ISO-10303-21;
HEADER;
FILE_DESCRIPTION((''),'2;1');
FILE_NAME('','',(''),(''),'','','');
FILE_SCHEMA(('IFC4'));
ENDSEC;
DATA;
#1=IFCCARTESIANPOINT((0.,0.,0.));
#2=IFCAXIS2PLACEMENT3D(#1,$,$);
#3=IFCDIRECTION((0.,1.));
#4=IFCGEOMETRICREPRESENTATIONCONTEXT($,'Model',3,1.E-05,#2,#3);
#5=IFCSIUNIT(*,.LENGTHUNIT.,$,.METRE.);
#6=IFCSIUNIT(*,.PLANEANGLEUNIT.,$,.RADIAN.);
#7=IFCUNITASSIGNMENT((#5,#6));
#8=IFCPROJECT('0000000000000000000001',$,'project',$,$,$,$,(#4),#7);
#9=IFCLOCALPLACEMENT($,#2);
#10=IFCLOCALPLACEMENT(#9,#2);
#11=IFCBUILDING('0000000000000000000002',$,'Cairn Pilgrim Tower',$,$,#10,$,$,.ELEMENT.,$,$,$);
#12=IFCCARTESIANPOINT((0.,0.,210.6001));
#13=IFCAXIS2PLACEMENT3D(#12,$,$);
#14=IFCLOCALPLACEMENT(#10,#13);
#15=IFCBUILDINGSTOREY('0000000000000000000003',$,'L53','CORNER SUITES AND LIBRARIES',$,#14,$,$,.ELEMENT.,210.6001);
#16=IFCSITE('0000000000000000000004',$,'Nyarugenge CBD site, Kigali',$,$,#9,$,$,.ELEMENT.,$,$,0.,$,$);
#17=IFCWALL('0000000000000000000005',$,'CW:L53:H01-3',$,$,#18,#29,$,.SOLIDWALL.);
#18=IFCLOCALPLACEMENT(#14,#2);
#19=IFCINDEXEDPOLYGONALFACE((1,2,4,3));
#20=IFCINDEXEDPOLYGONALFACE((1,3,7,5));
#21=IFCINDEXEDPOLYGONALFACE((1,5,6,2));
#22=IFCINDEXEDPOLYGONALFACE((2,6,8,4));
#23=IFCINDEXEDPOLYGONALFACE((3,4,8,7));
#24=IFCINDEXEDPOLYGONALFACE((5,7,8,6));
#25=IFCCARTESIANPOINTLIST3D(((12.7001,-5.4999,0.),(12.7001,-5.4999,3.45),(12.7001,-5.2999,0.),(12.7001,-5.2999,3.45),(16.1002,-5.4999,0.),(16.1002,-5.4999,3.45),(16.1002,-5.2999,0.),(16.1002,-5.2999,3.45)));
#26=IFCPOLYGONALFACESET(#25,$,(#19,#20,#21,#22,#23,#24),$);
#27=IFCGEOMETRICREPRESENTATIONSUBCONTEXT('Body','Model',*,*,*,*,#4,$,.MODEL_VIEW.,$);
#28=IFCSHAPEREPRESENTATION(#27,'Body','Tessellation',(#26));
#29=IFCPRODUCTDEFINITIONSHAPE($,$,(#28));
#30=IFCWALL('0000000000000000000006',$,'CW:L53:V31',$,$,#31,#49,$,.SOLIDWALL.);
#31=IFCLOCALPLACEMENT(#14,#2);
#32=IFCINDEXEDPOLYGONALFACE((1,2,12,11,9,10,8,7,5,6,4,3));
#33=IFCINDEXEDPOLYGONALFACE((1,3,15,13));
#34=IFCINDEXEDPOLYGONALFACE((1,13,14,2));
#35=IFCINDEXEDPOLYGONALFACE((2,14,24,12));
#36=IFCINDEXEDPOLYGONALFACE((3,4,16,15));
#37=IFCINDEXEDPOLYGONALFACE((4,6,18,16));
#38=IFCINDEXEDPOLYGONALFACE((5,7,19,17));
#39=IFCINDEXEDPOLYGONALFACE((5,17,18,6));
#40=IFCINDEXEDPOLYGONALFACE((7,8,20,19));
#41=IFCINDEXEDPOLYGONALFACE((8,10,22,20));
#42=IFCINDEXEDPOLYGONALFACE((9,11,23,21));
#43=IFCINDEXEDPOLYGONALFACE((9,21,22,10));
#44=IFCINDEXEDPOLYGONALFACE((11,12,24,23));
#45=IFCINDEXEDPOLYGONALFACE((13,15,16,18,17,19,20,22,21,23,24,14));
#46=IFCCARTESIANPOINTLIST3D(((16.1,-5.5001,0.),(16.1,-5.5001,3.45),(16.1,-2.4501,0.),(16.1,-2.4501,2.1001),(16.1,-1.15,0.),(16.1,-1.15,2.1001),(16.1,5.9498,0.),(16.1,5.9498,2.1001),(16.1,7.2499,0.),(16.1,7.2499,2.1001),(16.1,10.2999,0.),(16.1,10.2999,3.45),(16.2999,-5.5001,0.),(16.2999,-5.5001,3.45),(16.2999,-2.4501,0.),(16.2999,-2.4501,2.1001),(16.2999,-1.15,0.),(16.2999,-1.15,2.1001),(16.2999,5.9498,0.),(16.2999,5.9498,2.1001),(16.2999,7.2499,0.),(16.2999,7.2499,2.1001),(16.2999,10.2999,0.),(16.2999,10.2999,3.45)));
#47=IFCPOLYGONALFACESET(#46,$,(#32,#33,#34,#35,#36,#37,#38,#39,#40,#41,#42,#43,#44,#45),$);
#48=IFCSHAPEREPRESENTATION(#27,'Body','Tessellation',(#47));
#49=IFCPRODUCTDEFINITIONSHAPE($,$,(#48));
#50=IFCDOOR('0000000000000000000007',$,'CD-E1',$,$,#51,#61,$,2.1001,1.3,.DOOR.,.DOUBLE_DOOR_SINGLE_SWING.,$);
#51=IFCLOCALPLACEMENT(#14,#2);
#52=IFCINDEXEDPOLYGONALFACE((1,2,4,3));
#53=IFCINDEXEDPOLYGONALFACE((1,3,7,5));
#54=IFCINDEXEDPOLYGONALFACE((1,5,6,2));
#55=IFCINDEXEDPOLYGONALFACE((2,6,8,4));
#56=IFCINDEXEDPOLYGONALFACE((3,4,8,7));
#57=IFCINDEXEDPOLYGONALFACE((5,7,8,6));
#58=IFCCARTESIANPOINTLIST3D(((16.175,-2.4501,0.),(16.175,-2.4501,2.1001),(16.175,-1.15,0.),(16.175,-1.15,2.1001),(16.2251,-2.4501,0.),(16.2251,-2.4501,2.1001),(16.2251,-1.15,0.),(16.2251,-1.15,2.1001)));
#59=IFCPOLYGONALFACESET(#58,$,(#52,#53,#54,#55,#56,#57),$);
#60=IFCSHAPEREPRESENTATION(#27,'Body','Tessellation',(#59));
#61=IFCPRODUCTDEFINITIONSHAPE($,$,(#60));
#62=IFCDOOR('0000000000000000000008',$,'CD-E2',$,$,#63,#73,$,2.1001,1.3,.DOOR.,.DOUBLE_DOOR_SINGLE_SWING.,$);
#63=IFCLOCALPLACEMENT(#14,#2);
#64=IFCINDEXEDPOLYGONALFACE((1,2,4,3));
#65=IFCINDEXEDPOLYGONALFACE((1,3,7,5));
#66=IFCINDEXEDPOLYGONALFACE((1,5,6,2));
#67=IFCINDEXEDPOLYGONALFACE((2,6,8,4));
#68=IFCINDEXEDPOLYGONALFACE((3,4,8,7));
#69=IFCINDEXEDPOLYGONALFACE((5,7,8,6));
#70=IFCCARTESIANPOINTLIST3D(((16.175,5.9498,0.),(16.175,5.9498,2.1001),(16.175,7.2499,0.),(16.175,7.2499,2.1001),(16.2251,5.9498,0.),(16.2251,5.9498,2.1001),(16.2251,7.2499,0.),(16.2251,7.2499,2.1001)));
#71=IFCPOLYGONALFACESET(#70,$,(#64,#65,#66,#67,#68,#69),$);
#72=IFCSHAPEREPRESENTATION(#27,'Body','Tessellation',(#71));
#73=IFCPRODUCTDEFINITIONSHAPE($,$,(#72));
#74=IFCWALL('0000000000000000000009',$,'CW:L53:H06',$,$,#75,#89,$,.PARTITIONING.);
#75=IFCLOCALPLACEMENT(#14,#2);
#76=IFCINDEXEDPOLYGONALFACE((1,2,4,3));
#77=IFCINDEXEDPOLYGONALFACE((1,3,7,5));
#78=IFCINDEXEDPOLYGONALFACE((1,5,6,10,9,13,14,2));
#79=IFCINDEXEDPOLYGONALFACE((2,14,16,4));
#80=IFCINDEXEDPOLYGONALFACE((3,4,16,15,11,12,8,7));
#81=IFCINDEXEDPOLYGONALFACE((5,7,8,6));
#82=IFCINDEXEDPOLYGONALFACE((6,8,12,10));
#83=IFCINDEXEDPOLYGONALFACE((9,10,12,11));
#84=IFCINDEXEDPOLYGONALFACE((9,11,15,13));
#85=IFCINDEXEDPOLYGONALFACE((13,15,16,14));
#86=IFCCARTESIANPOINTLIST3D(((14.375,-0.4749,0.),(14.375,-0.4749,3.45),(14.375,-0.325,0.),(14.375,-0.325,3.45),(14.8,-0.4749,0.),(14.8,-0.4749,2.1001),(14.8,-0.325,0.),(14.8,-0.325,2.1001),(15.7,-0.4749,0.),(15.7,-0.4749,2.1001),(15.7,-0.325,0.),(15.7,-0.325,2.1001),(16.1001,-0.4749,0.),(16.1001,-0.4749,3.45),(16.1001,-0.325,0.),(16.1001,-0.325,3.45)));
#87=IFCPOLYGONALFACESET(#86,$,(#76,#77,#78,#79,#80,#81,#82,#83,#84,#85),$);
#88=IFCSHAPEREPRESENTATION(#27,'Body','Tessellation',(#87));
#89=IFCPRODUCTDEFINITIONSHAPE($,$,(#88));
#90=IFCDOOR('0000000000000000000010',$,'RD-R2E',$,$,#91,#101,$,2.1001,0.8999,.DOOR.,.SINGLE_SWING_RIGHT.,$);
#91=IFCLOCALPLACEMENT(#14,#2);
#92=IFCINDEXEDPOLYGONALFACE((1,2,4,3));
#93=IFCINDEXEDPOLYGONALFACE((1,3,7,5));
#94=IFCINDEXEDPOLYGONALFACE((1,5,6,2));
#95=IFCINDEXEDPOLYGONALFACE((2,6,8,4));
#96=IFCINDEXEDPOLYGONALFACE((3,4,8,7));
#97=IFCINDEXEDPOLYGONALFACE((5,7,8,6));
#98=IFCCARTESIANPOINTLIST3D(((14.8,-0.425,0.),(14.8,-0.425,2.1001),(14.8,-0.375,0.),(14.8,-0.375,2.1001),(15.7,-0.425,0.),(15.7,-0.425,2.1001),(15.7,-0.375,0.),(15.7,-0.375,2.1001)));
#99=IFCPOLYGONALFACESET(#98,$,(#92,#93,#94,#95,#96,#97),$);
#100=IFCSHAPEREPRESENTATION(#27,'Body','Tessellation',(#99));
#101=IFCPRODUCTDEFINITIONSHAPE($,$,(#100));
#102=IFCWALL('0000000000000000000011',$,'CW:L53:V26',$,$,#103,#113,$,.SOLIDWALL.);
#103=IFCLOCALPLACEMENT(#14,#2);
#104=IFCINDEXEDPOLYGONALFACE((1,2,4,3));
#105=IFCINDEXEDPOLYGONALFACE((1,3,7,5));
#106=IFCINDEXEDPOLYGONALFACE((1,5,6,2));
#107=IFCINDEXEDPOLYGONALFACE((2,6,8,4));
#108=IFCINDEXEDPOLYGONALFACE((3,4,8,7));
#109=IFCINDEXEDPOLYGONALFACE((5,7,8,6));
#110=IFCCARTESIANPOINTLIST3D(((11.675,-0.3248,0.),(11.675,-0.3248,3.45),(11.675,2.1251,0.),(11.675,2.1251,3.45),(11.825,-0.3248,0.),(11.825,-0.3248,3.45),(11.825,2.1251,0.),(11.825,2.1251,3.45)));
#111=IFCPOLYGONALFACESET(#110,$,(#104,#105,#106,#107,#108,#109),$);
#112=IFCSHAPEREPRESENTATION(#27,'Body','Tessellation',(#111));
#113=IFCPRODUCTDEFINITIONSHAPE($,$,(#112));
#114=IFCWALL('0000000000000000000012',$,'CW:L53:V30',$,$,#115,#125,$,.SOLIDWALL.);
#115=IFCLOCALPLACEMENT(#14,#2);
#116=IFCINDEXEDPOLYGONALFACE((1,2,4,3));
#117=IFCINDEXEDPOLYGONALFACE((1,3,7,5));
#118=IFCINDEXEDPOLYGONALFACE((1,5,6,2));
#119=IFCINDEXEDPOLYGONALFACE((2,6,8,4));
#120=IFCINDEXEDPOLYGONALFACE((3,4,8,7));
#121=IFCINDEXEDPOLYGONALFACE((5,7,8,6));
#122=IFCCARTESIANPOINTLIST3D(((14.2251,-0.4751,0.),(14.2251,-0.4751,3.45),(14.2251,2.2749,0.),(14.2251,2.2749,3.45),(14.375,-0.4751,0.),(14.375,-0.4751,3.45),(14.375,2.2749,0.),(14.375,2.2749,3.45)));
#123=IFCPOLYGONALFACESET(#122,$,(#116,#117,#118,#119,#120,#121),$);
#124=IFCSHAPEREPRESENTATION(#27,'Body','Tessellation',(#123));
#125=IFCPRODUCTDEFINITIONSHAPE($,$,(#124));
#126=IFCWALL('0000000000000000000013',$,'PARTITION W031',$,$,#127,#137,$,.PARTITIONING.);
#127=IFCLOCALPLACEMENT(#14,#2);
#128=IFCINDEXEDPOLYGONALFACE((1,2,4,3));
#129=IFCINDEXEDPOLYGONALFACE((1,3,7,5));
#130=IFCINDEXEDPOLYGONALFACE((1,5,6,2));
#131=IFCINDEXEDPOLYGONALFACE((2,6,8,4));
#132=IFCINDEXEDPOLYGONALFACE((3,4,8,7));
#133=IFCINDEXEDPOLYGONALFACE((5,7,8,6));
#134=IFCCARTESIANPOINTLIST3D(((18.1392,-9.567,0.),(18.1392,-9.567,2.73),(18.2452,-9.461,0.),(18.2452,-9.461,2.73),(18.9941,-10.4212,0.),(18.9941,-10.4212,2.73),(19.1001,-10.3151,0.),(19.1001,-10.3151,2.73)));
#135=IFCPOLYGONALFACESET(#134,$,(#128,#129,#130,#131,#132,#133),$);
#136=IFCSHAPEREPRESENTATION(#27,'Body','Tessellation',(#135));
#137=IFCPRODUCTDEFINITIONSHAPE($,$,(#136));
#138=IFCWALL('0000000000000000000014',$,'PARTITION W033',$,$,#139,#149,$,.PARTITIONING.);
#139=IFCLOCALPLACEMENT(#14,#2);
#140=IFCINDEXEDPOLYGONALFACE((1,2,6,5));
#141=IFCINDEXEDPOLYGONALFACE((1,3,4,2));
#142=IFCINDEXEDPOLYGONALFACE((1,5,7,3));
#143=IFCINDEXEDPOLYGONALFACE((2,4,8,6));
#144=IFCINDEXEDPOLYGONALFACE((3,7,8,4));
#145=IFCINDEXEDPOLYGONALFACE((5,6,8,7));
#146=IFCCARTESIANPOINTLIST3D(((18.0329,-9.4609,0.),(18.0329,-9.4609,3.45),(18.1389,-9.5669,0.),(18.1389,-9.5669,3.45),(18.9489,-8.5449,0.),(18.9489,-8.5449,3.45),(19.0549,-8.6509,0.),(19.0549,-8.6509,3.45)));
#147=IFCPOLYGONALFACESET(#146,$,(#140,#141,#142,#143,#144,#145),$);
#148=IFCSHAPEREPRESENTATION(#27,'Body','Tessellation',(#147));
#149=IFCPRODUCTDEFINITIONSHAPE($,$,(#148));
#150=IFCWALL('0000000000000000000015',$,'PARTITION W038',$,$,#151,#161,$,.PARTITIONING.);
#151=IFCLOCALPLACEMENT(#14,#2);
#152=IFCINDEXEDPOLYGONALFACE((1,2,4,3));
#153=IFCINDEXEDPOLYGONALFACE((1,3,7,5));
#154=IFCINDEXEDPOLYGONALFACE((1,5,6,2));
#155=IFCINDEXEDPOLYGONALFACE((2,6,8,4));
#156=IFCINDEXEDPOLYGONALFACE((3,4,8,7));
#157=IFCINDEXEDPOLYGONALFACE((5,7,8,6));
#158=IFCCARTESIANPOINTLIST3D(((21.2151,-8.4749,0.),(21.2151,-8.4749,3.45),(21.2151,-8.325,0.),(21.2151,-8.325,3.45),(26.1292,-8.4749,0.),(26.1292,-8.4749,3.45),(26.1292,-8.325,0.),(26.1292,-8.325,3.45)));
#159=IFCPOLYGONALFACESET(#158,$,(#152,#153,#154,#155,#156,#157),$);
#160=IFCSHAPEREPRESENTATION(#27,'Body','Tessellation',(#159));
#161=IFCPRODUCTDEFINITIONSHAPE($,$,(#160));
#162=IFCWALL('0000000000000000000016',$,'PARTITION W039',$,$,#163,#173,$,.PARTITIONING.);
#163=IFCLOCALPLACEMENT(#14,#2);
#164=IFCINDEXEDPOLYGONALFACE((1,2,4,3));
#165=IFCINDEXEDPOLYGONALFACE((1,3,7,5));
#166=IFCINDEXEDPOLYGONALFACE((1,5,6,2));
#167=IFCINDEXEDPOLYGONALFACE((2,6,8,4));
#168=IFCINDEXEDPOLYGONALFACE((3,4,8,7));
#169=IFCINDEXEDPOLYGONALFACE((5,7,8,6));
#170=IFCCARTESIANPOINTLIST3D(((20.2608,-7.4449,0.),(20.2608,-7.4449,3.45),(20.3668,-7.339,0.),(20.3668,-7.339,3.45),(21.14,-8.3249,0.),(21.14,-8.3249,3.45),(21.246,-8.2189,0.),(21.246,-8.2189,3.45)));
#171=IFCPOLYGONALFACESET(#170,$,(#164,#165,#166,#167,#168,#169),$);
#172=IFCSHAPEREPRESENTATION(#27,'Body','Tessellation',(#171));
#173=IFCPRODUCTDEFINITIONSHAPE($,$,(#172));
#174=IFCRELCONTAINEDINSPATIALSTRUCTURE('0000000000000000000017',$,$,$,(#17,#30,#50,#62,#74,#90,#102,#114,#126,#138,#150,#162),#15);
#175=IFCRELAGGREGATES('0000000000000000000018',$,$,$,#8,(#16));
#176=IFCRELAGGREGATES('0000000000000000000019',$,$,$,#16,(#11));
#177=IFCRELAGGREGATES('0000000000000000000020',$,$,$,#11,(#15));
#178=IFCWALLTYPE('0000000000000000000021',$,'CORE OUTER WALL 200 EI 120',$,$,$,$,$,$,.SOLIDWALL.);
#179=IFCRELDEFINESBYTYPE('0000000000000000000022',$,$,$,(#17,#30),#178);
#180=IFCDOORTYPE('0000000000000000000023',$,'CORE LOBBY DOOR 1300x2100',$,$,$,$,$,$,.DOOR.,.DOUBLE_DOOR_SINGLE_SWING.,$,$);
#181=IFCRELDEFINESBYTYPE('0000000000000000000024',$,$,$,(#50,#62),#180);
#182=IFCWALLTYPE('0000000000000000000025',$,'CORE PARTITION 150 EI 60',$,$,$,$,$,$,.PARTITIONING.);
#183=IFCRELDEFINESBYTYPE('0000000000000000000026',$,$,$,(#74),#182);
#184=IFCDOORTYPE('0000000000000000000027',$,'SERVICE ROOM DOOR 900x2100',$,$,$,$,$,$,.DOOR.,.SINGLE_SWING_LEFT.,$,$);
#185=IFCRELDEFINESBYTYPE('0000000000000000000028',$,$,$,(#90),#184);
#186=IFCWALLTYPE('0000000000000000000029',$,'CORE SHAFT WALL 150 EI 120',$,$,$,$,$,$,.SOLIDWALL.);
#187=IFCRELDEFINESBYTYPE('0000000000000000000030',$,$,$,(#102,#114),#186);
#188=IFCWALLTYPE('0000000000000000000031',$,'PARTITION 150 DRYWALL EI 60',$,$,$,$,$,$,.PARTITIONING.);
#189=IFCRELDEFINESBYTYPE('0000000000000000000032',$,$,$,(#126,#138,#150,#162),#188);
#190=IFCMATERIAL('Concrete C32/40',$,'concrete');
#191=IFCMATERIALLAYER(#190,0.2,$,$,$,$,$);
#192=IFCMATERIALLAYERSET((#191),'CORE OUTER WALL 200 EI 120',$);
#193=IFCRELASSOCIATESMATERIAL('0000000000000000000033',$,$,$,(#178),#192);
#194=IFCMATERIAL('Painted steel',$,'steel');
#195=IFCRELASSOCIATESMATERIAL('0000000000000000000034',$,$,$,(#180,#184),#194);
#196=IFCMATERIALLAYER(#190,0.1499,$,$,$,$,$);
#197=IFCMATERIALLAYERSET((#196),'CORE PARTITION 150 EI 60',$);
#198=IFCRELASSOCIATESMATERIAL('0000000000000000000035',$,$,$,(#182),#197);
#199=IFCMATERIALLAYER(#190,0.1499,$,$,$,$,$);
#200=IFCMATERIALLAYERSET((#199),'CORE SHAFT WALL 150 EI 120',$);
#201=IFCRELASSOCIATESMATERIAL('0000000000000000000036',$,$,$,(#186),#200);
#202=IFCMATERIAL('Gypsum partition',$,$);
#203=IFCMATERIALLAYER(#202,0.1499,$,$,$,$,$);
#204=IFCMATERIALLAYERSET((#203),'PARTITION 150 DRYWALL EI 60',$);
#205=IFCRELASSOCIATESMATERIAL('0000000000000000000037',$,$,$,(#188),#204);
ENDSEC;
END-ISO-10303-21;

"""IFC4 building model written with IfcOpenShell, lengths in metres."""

from ifc_helpers import new_model, si_unit, direction, frame, frame_2d, origin, place, context, subcontext, project, spatial, rectangle, extrude, material, layer, layer_set, type_object, element, fill, save


model = new_model("IFC4")

# Units and contexts
model_context = context("Model", 3, precision=1e-05, world=origin(), true_north=direction((0.0, 1.0)))
body_context = subcontext(model_context, "Body", "Model", "MODEL_VIEW")
ifc_project = project(units=[si_unit("LENGTHUNIT", "METRE"), si_unit("PLANEANGLEUNIT", "RADIAN")], contexts=[model_context])

# Site, building, storey
site_placement = place(None, origin())
site = spatial("IfcSite", under=ifc_project, at=site_placement, Name="Nyarugenge CBD site, Kigali", CompositionType="ELEMENT", RefElevation=0.0)
building_placement = place(site_placement, origin())
building = spatial("IfcBuilding", under=site, at=building_placement, Name="Cairn Pilgrim Tower", CompositionType="ELEMENT")
storey_placement = place(building_placement, frame((0.0, 0.0, 210.6001)))
storey = spatial("IfcBuildingStorey", under=building, at=storey_placement, Name="L53", Description="CORNER SUITES AND LIBRARIES", CompositionType="ELEMENT", Elevation=210.6001)

# Wall
ifc_material_1 = material(Name="Concrete C32/40", Category="concrete")
ifc_layer_1 = layer(ifc_material_1, 0.2)
ifc_layer_set_1 = layer_set([ifc_layer_1], Name="CORE OUTER WALL 200 EI 120")
wall_type_1 = type_object("IfcWallType", Name="CORE OUTER WALL 200 EI 120", PredefinedType="SOLIDWALL", material=ifc_layer_set_1)
wall_1_placement = place(storey_placement, frame((12.7, -5.3999, 0.0), z_axis=(0.0, 0.0, 1.0), x_axis=(1.0, 0.0, 0.0)))
element("IfcWall", 1, at=wall_1_placement, inside=storey, type_object=wall_type_1, Name="CW:L53:H01-3", PredefinedType="SOLIDWALL", context=body_context, shape_type="SweptSolid", body=[
    extrude(rectangle(XDim=3.4001, YDim=0.2, at=frame_2d((1.7002, 0.0))), origin(), (0.0, 0.0, 1.0), 3.45),
])

# Wall, openings, doors
wall_2_placement = place(storey_placement, frame((16.2, -5.5, 0.0), z_axis=(0.0, 0.0, 1.0), x_axis=(0.0, 1.0, 0.0)))
wall_2 = element("IfcWall", 2, at=wall_2_placement, inside=storey, type_object=wall_type_1, Name="CW:L53:V31", PredefinedType="SOLIDWALL", context=body_context, shape_type="SweptSolid", body=[
    extrude(rectangle(XDim=15.8, YDim=0.2, at=frame_2d((7.8999, 0.0))), origin(), (0.0, 0.0, 1.0), 3.45),
])
opening_1_placement = place(wall_2_placement, frame((3.05, 0.0, 0.0)))
opening_1 = element("IfcOpeningElement", 3, at=opening_1_placement, cuts=wall_2, PredefinedType="OPENING", context=body_context, shape_type="SweptSolid", body=[
    extrude(rectangle(XDim=1.3, YDim=2.1001, at=frame_2d((0.6499, 1.05))), frame((0.0, 0.1099, 0.0), z_axis=(0.0, -1.0, 0.0), x_axis=(1.0, 0.0, 0.0)), (0.0, 0.0, 1.0), 0.22),
])
opening_2_placement = place(wall_2_placement, frame((11.45, 0.0, 0.0)))
opening_2 = element("IfcOpeningElement", 4, at=opening_2_placement, cuts=wall_2, PredefinedType="OPENING", context=body_context, shape_type="SweptSolid", body=[
    extrude(rectangle(XDim=1.3, YDim=2.1001, at=frame_2d((0.6499, 1.05))), frame((0.0, 0.1099, 0.0), z_axis=(0.0, -1.0, 0.0), x_axis=(1.0, 0.0, 0.0)), (0.0, 0.0, 1.0), 0.22),
])
ifc_material_2 = material(Name="Painted steel", Category="steel")
door_type_1 = type_object("IfcDoorType", Name="CORE LOBBY DOOR 1300x2100", OperationType="DOUBLE_DOOR_SINGLE_SWING", PredefinedType="DOOR", material=ifc_material_2)
door_1_placement = place(opening_1_placement, origin())
door_1 = element("IfcDoor", 5, at=door_1_placement, inside=storey, type_object=door_type_1, Name="CD-E1", OperationType="DOUBLE_DOOR_SINGLE_SWING", OverallHeight=2.1001, OverallWidth=1.3, PredefinedType="DOOR", context=body_context, shape_type="SweptSolid", body=[
    extrude(rectangle(XDim=1.3, YDim=2.1001, at=frame_2d((0.6499, 1.05))), frame((0.0, 0.0249, 0.0), z_axis=(0.0, -1.0, 0.0), x_axis=(1.0, 0.0, 0.0)), (0.0, 0.0, 1.0), 0.05),
])
fill(opening_1, door_1)
door_2_placement = place(opening_2_placement, origin())
door_2 = element("IfcDoor", 6, at=door_2_placement, inside=storey, type_object=door_type_1, Name="CD-E2", OperationType="DOUBLE_DOOR_SINGLE_SWING", OverallHeight=2.1001, OverallWidth=1.3, PredefinedType="DOOR", context=body_context, shape_type="SweptSolid", body=[
    extrude(rectangle(XDim=1.3, YDim=2.1001, at=frame_2d((0.6499, 1.05))), frame((0.0, 0.0249, 0.0), z_axis=(0.0, -1.0, 0.0), x_axis=(1.0, 0.0, 0.0)), (0.0, 0.0, 1.0), 0.05),
])
fill(opening_2, door_2)

# Wall, opening, door
ifc_layer_2 = layer(ifc_material_1, 0.1499)
ifc_layer_set_2 = layer_set([ifc_layer_2], Name="CORE PARTITION 150 EI 60")
wall_type_2 = type_object("IfcWallType", Name="CORE PARTITION 150 EI 60", PredefinedType="PARTITIONING", material=ifc_layer_set_2)
wall_3_placement = place(storey_placement, frame((14.375, -0.3999, 0.0), z_axis=(0.0, 0.0, 1.0), x_axis=(1.0, 0.0, 0.0)))
wall_3 = element("IfcWall", 7, at=wall_3_placement, inside=storey, type_object=wall_type_2, Name="CW:L53:H06", PredefinedType="PARTITIONING", context=body_context, shape_type="SweptSolid", body=[
    extrude(rectangle(XDim=1.7251, YDim=0.1499, at=frame_2d((0.8625, 0.0))), origin(), (0.0, 0.0, 1.0), 3.45),
])
opening_3_placement = place(wall_3_placement, frame((0.425, 0.0, 0.0)))
opening_3 = element("IfcOpeningElement", 8, at=opening_3_placement, cuts=wall_3, PredefinedType="OPENING", context=body_context, shape_type="SweptSolid", body=[
    extrude(rectangle(XDim=0.8999, YDim=2.1001, at=frame_2d((0.45, 1.05))), frame((0.0, 0.085, 0.0), z_axis=(0.0, -1.0, 0.0), x_axis=(1.0, 0.0, 0.0)), (0.0, 0.0, 1.0), 0.1699),
])
door_type_2 = type_object("IfcDoorType", Name="SERVICE ROOM DOOR 900x2100", OperationType="SINGLE_SWING_LEFT", PredefinedType="DOOR", material=ifc_material_2)
door_3_placement = place(opening_3_placement, origin())
door_3 = element("IfcDoor", 9, at=door_3_placement, inside=storey, type_object=door_type_2, Name="RD-R2E", OperationType="SINGLE_SWING_RIGHT", OverallHeight=2.1001, OverallWidth=0.8999, PredefinedType="DOOR", context=body_context, shape_type="SweptSolid", body=[
    extrude(rectangle(XDim=0.8999, YDim=2.1001, at=frame_2d((0.45, 1.05))), frame((0.0, 0.0249, 0.0), z_axis=(0.0, -1.0, 0.0), x_axis=(1.0, 0.0, 0.0)), (0.0, 0.0, 1.0), 0.05),
])
fill(opening_3, door_3)

# Walls
ifc_layer_3 = layer(ifc_material_1, 0.1499)
ifc_layer_set_3 = layer_set([ifc_layer_3], Name="CORE SHAFT WALL 150 EI 120")
wall_type_3 = type_object("IfcWallType", Name="CORE SHAFT WALL 150 EI 120", PredefinedType="SOLIDWALL", material=ifc_layer_set_3)
wall_4_placement = place(storey_placement, frame((11.75, -0.325, 0.0), z_axis=(0.0, 0.0, 1.0), x_axis=(0.0, 1.0, 0.0)))
element("IfcWall", 10, at=wall_4_placement, inside=storey, type_object=wall_type_3, Name="CW:L53:V26", PredefinedType="SOLIDWALL", context=body_context, shape_type="SweptSolid", body=[
    extrude(rectangle(XDim=2.45, YDim=0.1499, at=frame_2d((1.2251, 0.0))), origin(), (0.0, 0.0, 1.0), 3.45),
])
wall_5_placement = place(storey_placement, frame((14.3, -0.4751, 0.0), z_axis=(0.0, 0.0, 1.0), x_axis=(0.0, 1.0, 0.0)))
element("IfcWall", 11, at=wall_5_placement, inside=storey, type_object=wall_type_3, Name="CW:L53:V30", PredefinedType="SOLIDWALL", context=body_context, shape_type="SweptSolid", body=[
    extrude(rectangle(XDim=2.75, YDim=0.1499, at=frame_2d((1.375, 0.0))), origin(), (0.0, 0.0, 1.0), 3.45),
])
ifc_material_3 = material(Name="Gypsum partition")
ifc_layer_4 = layer(ifc_material_3, 0.1499)
ifc_layer_set_4 = layer_set([ifc_layer_4], Name="PARTITION 150 DRYWALL EI 60")
wall_type_4 = type_object("IfcWallType", Name="PARTITION 150 DRYWALL EI 60", PredefinedType="PARTITIONING", material=ifc_layer_set_4)
wall_6_placement = place(storey_placement, frame((19.0471, -10.3682, 0.0), z_axis=(0.0, 0.0, 1.0), x_axis=(-0.70741, 0.706804, 0.0)))
element("IfcWall", 12, at=wall_6_placement, inside=storey, type_object=wall_type_4, Name="PARTITION W031", PredefinedType="PARTITIONING", context=body_context, shape_type="SweptSolid", body=[
    extrude(rectangle(XDim=1.2085, YDim=0.1499, at=frame_2d((0.6042, 0.0))), origin(), (0.0, 0.0, 1.0), 2.73),
])
wall_7_placement = place(storey_placement, frame((18.0859, -9.5139, 0.0), z_axis=(0.0, 0.0, 1.0), x_axis=(0.707107, 0.707107, 0.0)))
element("IfcWall", 13, at=wall_7_placement, inside=storey, type_object=wall_type_4, Name="PARTITION W033", PredefinedType="PARTITIONING", context=body_context, shape_type="SweptSolid", body=[
    extrude(rectangle(XDim=1.2954, YDim=0.1499, at=frame_2d((0.6477, 0.0))), origin(), (0.0, 0.0, 1.0), 3.45),
])
wall_8_placement = place(storey_placement, frame((21.2151, -8.3999, 0.0), z_axis=(0.0, 0.0, 1.0), x_axis=(1.0, 0.0, 0.0)))
element("IfcWall", 14, at=wall_8_placement, inside=storey, type_object=wall_type_4, Name="PARTITION W038", PredefinedType="PARTITIONING", context=body_context, shape_type="SweptSolid", body=[
    extrude(rectangle(XDim=4.9141, YDim=0.1499, at=frame_2d((2.457, 0.0))), origin(), (0.0, 0.0, 1.0), 3.45),
])
wall_9_placement = place(storey_placement, frame((21.1931, -8.272, 0.0), z_axis=(0.0, 0.0, 1.0), x_axis=(-0.706812, 0.707401, 0.0)))
element("IfcWall", 15, at=wall_9_placement, inside=storey, type_object=wall_type_4, Name="PARTITION W039", PredefinedType="PARTITIONING", context=body_context, shape_type="SweptSolid", body=[
    extrude(rectangle(XDim=1.2439, YDim=0.1499, at=frame_2d((0.6221, 0.0))), origin(), (0.0, 0.0, 1.0), 3.45),
])

save(model, "model.ifc")
